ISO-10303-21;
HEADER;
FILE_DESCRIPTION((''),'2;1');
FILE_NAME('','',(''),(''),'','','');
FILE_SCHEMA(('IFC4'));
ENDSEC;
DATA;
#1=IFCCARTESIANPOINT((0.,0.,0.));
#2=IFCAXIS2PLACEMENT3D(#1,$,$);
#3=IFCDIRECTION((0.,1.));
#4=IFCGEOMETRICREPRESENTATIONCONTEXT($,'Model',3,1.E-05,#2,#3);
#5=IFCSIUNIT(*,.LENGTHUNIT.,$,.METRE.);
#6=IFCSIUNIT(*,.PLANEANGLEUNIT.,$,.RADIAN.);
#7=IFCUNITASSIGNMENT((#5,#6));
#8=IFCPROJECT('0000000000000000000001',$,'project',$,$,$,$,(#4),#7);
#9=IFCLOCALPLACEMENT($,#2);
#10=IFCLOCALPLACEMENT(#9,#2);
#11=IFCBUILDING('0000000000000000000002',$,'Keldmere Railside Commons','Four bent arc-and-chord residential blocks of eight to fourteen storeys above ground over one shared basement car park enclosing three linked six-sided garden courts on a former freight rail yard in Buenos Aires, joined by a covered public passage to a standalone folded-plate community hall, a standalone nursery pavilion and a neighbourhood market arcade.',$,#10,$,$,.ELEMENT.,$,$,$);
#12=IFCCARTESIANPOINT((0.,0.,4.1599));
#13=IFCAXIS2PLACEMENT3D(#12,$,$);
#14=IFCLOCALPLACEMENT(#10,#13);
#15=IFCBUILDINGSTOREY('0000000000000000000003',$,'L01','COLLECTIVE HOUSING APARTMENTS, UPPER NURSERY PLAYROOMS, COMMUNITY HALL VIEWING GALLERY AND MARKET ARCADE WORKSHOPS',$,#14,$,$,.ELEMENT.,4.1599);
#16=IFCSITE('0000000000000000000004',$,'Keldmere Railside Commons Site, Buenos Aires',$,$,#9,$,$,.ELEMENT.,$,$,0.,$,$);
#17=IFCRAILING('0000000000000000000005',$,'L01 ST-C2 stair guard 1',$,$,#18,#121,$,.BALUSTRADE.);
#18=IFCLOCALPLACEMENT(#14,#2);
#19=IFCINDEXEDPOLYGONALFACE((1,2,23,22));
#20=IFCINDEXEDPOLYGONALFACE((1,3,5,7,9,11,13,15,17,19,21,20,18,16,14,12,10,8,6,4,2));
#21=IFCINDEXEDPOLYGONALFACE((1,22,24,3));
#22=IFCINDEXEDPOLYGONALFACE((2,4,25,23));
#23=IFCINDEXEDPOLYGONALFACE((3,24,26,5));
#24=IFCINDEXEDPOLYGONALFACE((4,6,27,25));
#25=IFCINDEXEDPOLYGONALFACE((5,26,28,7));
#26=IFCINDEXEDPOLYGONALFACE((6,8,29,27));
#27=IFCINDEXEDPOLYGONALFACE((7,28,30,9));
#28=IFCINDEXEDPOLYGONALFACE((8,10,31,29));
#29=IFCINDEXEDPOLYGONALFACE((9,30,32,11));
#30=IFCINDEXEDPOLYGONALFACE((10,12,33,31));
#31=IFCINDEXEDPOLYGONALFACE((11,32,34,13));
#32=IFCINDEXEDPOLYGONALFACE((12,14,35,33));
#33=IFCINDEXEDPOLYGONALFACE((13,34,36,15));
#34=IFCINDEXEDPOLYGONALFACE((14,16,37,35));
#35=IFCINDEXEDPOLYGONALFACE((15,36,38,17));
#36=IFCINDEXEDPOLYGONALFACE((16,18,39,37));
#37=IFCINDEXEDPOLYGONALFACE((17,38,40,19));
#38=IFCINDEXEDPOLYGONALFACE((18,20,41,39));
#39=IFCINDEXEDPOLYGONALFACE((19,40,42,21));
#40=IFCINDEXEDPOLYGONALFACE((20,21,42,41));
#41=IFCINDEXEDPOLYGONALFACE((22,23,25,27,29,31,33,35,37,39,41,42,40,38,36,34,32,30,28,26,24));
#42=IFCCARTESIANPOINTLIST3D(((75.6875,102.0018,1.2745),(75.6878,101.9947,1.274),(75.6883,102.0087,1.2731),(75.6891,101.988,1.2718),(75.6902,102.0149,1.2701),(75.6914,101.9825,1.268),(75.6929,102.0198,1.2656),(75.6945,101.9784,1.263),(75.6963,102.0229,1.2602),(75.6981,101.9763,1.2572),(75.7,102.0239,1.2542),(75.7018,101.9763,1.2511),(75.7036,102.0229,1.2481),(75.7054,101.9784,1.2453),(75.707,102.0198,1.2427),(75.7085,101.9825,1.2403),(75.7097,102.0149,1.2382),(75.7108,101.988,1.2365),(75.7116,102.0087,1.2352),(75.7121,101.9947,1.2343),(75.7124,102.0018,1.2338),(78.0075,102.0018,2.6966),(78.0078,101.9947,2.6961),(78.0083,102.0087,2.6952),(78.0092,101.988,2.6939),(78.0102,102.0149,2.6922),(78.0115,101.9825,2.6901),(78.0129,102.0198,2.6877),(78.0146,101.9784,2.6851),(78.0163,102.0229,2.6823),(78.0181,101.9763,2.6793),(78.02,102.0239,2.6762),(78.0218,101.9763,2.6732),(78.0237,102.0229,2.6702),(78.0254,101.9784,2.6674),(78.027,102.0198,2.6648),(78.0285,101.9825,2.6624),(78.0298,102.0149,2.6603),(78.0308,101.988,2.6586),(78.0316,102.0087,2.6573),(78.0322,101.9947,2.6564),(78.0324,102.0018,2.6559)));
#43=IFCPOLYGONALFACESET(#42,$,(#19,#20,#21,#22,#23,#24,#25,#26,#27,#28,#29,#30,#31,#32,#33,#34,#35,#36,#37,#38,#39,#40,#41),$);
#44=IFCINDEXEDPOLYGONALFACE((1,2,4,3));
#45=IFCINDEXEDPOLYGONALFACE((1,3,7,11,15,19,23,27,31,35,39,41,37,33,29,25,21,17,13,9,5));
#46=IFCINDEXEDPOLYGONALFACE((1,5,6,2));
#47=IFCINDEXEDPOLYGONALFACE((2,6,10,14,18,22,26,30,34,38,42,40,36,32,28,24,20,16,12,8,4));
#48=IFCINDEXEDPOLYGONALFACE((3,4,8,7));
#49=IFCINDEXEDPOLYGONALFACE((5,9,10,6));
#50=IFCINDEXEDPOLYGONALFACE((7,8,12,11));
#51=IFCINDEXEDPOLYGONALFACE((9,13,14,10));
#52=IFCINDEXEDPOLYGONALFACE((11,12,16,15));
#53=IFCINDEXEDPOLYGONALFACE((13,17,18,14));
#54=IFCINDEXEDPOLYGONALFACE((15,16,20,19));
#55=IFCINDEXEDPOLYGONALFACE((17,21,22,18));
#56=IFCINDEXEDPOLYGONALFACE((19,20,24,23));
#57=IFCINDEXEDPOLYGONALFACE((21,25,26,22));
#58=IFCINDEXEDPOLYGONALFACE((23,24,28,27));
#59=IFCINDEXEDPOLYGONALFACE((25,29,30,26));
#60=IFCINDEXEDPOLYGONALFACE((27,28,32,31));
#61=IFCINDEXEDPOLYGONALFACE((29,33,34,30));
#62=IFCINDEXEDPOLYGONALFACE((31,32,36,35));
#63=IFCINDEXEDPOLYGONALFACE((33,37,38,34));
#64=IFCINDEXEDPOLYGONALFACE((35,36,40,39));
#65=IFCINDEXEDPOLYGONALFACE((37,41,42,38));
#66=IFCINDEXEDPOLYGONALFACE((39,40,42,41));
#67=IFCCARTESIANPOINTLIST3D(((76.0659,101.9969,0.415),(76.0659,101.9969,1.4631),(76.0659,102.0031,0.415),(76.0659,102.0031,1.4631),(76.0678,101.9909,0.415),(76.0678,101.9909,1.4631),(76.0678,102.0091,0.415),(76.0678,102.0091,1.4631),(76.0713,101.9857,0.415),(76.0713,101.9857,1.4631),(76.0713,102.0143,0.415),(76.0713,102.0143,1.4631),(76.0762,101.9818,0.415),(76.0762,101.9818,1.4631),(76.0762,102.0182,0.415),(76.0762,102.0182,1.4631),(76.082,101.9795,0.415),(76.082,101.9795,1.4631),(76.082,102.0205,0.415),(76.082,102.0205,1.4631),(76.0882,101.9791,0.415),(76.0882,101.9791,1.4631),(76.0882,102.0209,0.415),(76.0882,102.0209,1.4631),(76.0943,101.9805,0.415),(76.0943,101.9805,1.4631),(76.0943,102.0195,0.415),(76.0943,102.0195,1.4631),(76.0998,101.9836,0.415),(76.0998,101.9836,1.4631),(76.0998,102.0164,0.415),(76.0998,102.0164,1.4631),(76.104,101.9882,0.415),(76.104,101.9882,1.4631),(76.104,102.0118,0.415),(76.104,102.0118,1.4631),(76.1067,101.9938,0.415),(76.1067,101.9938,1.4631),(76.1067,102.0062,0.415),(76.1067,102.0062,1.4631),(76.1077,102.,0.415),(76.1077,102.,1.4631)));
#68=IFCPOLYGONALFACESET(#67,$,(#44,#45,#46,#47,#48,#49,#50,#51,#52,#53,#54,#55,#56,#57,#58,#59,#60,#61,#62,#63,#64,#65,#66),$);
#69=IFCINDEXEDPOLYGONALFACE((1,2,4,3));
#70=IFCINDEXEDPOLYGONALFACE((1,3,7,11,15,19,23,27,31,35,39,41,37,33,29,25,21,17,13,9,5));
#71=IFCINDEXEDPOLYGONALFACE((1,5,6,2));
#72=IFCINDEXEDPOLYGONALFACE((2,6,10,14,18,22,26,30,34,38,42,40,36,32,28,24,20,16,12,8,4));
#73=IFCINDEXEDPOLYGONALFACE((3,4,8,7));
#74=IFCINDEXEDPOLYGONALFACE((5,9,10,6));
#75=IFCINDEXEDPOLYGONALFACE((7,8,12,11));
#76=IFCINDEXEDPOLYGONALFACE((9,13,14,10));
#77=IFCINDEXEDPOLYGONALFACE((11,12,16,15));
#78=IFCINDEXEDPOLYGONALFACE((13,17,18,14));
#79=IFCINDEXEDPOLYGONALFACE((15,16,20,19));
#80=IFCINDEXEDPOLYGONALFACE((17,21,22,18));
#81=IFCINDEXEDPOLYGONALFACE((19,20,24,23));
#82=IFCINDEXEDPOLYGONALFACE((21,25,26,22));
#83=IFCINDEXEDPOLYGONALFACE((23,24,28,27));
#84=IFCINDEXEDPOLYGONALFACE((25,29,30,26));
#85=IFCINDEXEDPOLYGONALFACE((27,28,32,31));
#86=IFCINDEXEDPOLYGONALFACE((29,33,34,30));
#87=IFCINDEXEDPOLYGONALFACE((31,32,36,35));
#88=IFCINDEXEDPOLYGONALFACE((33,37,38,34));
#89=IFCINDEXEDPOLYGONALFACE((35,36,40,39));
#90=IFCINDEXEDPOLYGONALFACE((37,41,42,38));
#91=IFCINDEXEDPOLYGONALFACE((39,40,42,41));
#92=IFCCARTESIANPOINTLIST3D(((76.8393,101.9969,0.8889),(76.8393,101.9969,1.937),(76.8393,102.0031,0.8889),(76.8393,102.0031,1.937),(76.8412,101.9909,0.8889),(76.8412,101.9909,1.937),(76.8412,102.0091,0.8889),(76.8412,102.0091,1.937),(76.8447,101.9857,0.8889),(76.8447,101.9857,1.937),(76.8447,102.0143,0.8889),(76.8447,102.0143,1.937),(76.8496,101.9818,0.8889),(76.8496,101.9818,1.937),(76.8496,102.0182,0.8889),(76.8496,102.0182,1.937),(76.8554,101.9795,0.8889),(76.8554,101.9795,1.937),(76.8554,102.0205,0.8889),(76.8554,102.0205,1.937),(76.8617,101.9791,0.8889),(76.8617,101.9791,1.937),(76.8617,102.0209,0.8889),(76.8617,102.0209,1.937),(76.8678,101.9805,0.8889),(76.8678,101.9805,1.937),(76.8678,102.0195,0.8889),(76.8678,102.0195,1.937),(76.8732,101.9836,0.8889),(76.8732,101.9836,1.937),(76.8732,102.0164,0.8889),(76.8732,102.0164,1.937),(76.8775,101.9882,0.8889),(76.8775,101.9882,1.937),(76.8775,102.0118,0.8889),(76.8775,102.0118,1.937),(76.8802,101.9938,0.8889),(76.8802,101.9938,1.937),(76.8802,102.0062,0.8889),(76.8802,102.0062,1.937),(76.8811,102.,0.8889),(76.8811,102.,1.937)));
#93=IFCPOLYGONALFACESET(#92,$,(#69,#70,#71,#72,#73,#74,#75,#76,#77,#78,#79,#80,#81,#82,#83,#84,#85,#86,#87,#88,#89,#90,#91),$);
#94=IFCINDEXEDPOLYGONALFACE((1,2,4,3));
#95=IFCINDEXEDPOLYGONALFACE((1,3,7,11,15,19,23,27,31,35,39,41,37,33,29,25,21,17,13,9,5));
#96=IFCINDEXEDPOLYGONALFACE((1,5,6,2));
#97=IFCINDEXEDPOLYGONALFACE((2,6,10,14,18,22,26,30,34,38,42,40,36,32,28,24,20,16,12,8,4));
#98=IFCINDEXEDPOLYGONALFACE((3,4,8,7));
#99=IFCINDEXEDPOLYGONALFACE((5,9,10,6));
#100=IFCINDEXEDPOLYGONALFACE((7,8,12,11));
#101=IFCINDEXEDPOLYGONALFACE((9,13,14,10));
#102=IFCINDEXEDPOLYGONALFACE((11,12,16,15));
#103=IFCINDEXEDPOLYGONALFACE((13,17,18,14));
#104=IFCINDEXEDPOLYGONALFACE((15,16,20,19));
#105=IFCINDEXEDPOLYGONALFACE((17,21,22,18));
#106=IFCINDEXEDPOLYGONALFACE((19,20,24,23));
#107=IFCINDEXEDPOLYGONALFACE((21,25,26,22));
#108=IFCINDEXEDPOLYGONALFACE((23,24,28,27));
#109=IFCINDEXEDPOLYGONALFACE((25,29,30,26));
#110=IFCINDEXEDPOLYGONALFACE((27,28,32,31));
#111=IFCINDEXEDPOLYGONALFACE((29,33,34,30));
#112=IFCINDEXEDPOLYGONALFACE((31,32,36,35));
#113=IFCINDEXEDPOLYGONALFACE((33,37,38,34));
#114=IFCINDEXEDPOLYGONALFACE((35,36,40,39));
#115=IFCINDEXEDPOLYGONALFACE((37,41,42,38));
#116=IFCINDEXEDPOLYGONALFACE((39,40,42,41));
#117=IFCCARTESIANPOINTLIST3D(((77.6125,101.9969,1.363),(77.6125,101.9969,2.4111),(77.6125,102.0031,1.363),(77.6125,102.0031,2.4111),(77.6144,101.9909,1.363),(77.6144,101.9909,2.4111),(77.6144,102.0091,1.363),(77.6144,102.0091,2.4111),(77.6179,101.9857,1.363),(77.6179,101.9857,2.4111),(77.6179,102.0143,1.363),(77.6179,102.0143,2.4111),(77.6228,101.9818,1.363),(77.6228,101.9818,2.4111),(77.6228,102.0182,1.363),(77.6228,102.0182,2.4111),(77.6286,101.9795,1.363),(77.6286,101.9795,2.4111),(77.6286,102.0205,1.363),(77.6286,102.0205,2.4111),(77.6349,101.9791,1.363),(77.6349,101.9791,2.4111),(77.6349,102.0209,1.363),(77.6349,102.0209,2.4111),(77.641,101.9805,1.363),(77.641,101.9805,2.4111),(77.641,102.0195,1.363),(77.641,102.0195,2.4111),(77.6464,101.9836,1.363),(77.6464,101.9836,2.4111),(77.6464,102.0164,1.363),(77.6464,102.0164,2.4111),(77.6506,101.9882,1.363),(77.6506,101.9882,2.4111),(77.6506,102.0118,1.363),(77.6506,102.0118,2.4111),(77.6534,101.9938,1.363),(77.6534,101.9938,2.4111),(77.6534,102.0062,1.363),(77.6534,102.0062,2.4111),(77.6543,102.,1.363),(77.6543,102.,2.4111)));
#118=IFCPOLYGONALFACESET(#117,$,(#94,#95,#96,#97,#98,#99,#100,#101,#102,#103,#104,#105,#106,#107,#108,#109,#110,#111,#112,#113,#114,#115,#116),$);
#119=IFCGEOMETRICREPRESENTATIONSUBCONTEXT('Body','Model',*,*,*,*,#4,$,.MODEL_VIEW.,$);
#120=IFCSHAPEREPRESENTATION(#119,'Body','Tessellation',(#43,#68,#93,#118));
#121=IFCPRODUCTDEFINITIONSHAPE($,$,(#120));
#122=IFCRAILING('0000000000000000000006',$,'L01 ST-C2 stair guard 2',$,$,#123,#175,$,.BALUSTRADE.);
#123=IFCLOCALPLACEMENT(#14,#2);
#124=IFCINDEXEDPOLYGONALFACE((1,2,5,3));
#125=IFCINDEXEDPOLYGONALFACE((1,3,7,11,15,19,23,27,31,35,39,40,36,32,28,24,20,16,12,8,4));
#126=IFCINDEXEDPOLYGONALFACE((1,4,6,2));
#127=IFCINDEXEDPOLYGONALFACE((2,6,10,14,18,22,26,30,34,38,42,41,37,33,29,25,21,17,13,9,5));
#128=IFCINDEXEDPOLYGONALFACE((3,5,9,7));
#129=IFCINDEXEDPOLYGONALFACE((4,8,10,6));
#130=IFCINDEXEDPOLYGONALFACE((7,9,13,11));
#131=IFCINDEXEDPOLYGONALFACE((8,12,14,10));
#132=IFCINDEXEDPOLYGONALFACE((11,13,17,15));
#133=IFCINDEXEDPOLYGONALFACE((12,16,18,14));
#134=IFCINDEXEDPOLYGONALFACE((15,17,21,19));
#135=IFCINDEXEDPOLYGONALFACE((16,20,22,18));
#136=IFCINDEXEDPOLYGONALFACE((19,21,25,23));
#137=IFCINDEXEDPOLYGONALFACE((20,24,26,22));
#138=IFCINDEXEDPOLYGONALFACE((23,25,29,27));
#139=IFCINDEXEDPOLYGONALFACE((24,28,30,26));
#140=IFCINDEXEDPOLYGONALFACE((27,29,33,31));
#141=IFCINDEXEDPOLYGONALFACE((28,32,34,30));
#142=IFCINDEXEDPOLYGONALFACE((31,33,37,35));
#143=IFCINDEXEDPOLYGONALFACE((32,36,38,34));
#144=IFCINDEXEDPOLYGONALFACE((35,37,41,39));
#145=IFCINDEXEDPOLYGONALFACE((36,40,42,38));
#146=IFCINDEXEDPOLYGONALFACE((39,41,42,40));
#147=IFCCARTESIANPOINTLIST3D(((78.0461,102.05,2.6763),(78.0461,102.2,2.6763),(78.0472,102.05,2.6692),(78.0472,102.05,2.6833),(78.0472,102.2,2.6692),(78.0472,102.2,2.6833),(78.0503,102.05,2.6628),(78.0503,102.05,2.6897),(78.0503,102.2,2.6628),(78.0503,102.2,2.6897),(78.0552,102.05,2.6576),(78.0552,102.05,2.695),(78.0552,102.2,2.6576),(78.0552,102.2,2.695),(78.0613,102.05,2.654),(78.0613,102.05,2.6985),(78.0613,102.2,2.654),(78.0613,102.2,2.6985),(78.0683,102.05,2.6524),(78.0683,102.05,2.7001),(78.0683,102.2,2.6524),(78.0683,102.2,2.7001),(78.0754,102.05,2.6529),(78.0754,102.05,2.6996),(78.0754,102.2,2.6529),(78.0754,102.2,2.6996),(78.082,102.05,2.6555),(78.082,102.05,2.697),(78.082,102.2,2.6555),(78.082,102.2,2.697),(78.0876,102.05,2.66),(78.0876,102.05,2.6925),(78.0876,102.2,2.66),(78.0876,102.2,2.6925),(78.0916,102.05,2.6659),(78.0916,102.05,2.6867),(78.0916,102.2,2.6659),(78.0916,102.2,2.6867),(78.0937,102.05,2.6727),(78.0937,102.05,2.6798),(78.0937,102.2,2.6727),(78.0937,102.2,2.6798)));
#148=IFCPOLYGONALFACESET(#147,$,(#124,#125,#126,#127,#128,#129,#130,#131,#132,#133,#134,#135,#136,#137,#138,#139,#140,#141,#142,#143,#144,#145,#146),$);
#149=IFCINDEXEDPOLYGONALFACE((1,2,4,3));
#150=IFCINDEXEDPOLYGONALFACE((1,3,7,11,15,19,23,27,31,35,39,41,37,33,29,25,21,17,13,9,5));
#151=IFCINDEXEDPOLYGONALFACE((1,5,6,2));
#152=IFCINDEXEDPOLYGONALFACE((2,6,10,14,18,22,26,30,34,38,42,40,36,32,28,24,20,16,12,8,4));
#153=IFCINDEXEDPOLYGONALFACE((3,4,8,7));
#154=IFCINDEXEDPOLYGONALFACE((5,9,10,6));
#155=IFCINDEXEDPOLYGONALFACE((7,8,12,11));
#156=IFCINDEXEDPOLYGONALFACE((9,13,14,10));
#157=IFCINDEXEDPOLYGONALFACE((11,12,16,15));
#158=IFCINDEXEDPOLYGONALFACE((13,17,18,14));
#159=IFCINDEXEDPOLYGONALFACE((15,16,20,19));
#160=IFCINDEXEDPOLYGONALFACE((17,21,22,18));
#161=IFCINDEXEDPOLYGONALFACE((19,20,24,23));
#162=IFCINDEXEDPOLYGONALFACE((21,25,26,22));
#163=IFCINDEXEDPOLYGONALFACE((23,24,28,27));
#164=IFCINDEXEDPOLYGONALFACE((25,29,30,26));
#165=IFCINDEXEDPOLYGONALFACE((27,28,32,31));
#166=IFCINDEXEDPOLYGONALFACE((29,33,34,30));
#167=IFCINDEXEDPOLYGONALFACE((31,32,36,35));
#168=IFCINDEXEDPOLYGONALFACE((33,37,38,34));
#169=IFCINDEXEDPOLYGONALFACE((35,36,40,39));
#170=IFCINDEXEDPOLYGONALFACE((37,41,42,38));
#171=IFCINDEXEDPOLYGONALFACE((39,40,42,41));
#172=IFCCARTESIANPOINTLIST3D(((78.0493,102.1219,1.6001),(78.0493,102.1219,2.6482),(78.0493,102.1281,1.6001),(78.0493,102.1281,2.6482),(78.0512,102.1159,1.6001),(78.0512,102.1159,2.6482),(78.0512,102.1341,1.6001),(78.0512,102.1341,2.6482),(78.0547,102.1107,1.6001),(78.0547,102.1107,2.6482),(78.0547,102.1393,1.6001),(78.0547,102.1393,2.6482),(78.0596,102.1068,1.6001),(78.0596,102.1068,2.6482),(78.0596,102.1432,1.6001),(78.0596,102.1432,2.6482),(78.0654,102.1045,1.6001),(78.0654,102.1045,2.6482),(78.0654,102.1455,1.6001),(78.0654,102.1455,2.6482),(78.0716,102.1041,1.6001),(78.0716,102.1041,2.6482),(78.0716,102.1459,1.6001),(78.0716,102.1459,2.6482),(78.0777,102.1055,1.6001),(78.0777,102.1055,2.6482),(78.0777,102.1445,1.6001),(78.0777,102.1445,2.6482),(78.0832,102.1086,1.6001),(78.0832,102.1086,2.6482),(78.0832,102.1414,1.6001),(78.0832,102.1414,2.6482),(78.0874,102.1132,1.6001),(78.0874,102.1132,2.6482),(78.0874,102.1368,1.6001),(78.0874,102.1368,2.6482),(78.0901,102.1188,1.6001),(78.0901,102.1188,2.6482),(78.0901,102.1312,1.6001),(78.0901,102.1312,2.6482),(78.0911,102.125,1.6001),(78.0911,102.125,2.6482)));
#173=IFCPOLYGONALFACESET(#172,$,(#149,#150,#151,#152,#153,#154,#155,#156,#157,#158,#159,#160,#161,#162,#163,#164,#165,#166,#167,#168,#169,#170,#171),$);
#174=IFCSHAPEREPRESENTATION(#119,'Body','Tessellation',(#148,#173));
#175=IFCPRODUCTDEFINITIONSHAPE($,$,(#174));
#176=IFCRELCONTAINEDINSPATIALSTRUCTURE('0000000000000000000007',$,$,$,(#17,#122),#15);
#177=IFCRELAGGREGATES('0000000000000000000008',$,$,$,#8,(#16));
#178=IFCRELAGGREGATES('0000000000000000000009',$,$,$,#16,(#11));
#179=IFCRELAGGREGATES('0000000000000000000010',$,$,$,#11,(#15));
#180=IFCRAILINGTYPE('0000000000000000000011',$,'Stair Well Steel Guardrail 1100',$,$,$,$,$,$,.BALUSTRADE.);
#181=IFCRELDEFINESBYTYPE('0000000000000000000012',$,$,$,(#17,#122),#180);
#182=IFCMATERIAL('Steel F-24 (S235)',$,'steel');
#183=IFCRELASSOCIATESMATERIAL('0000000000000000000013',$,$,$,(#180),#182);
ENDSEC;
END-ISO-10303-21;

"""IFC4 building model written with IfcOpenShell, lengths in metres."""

from ifc_helpers import new_model, si_unit, direction, frame, origin, origin_2d, place, context, subcontext, project, spatial, circle, extrude, material, type_object, element, save


model = new_model("IFC4")

# Units and contexts
model_context = context("Model", 3, precision=1e-05, world=origin(), true_north=direction((0.0, 1.0)))
body_context = subcontext(model_context, "Body", "Model", "MODEL_VIEW")
ifc_project = project(units=[si_unit("LENGTHUNIT", "METRE"), si_unit("PLANEANGLEUNIT", "RADIAN")], contexts=[model_context])

# Site, building, storey
site_placement = place(None, origin())
site = spatial("IfcSite", under=ifc_project, at=site_placement, Name="Keldmere Railside Commons Site, Buenos Aires", CompositionType="ELEMENT", RefElevation=0.0)
building_placement = place(site_placement, origin())
building = spatial("IfcBuilding", under=site, at=building_placement, Name="Keldmere Railside Commons", Description="Four bent arc-and-chord residential blocks of eight to fourteen storeys above ground over one shared basement car park enclosing three linked six-sided garden courts on a former freight rail yard in Buenos Aires, joined by a covered public passage to a standalone folded-plate community hall, a standalone nursery pavilion and a neighbourhood market arcade.", CompositionType="ELEMENT")
storey_placement = place(building_placement, frame((0.0, 0.0, 4.1599)))
storey = spatial("IfcBuildingStorey", under=building, at=storey_placement, Name="L01", Description="COLLECTIVE HOUSING APARTMENTS, UPPER NURSERY PLAYROOMS, COMMUNITY HALL VIEWING GALLERY AND MARKET ARCADE WORKSHOPS", CompositionType="ELEMENT", Elevation=4.1599)

# Railings
ifc_material_1 = material(Name="Steel F-24 (S235)", Category="steel")
railing_type_1 = type_object("IfcRailingType", Name="Stair Well Steel Guardrail 1100", PredefinedType="BALUSTRADE", material=ifc_material_1)
railing_1_placement = place(storey_placement, frame((75.7, 102.0, 0.178)))
element("IfcRailing", 1, at=railing_1_placement, inside=storey, type_object=railing_type_1, Name="L01 ST-C2 stair guard 1", PredefinedType="BALUSTRADE", context=body_context, shape_type="SweptSolid", body=[
    extrude(circle(Radius=0.0239, at=origin_2d()), frame((0.0, 0.0, 1.0762), z_axis=(0.852578, 0.0, 0.5226), x_axis=(0.0, 1.0, 0.0)), (0.0, 0.0, 1.0), 2.7212),
    extrude(circle(Radius=0.021, at=origin_2d()), frame((0.3867, 0.0, 0.2371)), (0.0, 0.0, 1.0), 1.0481),
    extrude(circle(Radius=0.021, at=origin_2d()), frame((1.1602, 0.0, 0.7109)), (0.0, 0.0, 1.0), 1.0481),
    extrude(circle(Radius=0.021, at=origin_2d()), frame((1.9333, 0.0, 1.1851)), (0.0, 0.0, 1.0), 1.0481),
])
railing_2_placement = place(storey_placement, frame((78.0701, 102.05, 1.6001)))
element("IfcRailing", 2, at=railing_2_placement, inside=storey, type_object=railing_type_1, Name="L01 ST-C2 stair guard 2", PredefinedType="BALUSTRADE", context=body_context, shape_type="SweptSolid", body=[
    extrude(circle(Radius=0.0239, at=origin_2d()), frame((0.0, 0.0, 1.0762), z_axis=(0.0, 1.0, 0.0), x_axis=(-1.0, 0.0, 0.0)), (0.0, 0.0, 1.0), 0.1499),
    extrude(circle(Radius=0.021, at=origin_2d()), frame((0.0, 0.075, 0.0)), (0.0, 0.0, 1.0), 1.0481),
])

save(model, "model.ifc")
